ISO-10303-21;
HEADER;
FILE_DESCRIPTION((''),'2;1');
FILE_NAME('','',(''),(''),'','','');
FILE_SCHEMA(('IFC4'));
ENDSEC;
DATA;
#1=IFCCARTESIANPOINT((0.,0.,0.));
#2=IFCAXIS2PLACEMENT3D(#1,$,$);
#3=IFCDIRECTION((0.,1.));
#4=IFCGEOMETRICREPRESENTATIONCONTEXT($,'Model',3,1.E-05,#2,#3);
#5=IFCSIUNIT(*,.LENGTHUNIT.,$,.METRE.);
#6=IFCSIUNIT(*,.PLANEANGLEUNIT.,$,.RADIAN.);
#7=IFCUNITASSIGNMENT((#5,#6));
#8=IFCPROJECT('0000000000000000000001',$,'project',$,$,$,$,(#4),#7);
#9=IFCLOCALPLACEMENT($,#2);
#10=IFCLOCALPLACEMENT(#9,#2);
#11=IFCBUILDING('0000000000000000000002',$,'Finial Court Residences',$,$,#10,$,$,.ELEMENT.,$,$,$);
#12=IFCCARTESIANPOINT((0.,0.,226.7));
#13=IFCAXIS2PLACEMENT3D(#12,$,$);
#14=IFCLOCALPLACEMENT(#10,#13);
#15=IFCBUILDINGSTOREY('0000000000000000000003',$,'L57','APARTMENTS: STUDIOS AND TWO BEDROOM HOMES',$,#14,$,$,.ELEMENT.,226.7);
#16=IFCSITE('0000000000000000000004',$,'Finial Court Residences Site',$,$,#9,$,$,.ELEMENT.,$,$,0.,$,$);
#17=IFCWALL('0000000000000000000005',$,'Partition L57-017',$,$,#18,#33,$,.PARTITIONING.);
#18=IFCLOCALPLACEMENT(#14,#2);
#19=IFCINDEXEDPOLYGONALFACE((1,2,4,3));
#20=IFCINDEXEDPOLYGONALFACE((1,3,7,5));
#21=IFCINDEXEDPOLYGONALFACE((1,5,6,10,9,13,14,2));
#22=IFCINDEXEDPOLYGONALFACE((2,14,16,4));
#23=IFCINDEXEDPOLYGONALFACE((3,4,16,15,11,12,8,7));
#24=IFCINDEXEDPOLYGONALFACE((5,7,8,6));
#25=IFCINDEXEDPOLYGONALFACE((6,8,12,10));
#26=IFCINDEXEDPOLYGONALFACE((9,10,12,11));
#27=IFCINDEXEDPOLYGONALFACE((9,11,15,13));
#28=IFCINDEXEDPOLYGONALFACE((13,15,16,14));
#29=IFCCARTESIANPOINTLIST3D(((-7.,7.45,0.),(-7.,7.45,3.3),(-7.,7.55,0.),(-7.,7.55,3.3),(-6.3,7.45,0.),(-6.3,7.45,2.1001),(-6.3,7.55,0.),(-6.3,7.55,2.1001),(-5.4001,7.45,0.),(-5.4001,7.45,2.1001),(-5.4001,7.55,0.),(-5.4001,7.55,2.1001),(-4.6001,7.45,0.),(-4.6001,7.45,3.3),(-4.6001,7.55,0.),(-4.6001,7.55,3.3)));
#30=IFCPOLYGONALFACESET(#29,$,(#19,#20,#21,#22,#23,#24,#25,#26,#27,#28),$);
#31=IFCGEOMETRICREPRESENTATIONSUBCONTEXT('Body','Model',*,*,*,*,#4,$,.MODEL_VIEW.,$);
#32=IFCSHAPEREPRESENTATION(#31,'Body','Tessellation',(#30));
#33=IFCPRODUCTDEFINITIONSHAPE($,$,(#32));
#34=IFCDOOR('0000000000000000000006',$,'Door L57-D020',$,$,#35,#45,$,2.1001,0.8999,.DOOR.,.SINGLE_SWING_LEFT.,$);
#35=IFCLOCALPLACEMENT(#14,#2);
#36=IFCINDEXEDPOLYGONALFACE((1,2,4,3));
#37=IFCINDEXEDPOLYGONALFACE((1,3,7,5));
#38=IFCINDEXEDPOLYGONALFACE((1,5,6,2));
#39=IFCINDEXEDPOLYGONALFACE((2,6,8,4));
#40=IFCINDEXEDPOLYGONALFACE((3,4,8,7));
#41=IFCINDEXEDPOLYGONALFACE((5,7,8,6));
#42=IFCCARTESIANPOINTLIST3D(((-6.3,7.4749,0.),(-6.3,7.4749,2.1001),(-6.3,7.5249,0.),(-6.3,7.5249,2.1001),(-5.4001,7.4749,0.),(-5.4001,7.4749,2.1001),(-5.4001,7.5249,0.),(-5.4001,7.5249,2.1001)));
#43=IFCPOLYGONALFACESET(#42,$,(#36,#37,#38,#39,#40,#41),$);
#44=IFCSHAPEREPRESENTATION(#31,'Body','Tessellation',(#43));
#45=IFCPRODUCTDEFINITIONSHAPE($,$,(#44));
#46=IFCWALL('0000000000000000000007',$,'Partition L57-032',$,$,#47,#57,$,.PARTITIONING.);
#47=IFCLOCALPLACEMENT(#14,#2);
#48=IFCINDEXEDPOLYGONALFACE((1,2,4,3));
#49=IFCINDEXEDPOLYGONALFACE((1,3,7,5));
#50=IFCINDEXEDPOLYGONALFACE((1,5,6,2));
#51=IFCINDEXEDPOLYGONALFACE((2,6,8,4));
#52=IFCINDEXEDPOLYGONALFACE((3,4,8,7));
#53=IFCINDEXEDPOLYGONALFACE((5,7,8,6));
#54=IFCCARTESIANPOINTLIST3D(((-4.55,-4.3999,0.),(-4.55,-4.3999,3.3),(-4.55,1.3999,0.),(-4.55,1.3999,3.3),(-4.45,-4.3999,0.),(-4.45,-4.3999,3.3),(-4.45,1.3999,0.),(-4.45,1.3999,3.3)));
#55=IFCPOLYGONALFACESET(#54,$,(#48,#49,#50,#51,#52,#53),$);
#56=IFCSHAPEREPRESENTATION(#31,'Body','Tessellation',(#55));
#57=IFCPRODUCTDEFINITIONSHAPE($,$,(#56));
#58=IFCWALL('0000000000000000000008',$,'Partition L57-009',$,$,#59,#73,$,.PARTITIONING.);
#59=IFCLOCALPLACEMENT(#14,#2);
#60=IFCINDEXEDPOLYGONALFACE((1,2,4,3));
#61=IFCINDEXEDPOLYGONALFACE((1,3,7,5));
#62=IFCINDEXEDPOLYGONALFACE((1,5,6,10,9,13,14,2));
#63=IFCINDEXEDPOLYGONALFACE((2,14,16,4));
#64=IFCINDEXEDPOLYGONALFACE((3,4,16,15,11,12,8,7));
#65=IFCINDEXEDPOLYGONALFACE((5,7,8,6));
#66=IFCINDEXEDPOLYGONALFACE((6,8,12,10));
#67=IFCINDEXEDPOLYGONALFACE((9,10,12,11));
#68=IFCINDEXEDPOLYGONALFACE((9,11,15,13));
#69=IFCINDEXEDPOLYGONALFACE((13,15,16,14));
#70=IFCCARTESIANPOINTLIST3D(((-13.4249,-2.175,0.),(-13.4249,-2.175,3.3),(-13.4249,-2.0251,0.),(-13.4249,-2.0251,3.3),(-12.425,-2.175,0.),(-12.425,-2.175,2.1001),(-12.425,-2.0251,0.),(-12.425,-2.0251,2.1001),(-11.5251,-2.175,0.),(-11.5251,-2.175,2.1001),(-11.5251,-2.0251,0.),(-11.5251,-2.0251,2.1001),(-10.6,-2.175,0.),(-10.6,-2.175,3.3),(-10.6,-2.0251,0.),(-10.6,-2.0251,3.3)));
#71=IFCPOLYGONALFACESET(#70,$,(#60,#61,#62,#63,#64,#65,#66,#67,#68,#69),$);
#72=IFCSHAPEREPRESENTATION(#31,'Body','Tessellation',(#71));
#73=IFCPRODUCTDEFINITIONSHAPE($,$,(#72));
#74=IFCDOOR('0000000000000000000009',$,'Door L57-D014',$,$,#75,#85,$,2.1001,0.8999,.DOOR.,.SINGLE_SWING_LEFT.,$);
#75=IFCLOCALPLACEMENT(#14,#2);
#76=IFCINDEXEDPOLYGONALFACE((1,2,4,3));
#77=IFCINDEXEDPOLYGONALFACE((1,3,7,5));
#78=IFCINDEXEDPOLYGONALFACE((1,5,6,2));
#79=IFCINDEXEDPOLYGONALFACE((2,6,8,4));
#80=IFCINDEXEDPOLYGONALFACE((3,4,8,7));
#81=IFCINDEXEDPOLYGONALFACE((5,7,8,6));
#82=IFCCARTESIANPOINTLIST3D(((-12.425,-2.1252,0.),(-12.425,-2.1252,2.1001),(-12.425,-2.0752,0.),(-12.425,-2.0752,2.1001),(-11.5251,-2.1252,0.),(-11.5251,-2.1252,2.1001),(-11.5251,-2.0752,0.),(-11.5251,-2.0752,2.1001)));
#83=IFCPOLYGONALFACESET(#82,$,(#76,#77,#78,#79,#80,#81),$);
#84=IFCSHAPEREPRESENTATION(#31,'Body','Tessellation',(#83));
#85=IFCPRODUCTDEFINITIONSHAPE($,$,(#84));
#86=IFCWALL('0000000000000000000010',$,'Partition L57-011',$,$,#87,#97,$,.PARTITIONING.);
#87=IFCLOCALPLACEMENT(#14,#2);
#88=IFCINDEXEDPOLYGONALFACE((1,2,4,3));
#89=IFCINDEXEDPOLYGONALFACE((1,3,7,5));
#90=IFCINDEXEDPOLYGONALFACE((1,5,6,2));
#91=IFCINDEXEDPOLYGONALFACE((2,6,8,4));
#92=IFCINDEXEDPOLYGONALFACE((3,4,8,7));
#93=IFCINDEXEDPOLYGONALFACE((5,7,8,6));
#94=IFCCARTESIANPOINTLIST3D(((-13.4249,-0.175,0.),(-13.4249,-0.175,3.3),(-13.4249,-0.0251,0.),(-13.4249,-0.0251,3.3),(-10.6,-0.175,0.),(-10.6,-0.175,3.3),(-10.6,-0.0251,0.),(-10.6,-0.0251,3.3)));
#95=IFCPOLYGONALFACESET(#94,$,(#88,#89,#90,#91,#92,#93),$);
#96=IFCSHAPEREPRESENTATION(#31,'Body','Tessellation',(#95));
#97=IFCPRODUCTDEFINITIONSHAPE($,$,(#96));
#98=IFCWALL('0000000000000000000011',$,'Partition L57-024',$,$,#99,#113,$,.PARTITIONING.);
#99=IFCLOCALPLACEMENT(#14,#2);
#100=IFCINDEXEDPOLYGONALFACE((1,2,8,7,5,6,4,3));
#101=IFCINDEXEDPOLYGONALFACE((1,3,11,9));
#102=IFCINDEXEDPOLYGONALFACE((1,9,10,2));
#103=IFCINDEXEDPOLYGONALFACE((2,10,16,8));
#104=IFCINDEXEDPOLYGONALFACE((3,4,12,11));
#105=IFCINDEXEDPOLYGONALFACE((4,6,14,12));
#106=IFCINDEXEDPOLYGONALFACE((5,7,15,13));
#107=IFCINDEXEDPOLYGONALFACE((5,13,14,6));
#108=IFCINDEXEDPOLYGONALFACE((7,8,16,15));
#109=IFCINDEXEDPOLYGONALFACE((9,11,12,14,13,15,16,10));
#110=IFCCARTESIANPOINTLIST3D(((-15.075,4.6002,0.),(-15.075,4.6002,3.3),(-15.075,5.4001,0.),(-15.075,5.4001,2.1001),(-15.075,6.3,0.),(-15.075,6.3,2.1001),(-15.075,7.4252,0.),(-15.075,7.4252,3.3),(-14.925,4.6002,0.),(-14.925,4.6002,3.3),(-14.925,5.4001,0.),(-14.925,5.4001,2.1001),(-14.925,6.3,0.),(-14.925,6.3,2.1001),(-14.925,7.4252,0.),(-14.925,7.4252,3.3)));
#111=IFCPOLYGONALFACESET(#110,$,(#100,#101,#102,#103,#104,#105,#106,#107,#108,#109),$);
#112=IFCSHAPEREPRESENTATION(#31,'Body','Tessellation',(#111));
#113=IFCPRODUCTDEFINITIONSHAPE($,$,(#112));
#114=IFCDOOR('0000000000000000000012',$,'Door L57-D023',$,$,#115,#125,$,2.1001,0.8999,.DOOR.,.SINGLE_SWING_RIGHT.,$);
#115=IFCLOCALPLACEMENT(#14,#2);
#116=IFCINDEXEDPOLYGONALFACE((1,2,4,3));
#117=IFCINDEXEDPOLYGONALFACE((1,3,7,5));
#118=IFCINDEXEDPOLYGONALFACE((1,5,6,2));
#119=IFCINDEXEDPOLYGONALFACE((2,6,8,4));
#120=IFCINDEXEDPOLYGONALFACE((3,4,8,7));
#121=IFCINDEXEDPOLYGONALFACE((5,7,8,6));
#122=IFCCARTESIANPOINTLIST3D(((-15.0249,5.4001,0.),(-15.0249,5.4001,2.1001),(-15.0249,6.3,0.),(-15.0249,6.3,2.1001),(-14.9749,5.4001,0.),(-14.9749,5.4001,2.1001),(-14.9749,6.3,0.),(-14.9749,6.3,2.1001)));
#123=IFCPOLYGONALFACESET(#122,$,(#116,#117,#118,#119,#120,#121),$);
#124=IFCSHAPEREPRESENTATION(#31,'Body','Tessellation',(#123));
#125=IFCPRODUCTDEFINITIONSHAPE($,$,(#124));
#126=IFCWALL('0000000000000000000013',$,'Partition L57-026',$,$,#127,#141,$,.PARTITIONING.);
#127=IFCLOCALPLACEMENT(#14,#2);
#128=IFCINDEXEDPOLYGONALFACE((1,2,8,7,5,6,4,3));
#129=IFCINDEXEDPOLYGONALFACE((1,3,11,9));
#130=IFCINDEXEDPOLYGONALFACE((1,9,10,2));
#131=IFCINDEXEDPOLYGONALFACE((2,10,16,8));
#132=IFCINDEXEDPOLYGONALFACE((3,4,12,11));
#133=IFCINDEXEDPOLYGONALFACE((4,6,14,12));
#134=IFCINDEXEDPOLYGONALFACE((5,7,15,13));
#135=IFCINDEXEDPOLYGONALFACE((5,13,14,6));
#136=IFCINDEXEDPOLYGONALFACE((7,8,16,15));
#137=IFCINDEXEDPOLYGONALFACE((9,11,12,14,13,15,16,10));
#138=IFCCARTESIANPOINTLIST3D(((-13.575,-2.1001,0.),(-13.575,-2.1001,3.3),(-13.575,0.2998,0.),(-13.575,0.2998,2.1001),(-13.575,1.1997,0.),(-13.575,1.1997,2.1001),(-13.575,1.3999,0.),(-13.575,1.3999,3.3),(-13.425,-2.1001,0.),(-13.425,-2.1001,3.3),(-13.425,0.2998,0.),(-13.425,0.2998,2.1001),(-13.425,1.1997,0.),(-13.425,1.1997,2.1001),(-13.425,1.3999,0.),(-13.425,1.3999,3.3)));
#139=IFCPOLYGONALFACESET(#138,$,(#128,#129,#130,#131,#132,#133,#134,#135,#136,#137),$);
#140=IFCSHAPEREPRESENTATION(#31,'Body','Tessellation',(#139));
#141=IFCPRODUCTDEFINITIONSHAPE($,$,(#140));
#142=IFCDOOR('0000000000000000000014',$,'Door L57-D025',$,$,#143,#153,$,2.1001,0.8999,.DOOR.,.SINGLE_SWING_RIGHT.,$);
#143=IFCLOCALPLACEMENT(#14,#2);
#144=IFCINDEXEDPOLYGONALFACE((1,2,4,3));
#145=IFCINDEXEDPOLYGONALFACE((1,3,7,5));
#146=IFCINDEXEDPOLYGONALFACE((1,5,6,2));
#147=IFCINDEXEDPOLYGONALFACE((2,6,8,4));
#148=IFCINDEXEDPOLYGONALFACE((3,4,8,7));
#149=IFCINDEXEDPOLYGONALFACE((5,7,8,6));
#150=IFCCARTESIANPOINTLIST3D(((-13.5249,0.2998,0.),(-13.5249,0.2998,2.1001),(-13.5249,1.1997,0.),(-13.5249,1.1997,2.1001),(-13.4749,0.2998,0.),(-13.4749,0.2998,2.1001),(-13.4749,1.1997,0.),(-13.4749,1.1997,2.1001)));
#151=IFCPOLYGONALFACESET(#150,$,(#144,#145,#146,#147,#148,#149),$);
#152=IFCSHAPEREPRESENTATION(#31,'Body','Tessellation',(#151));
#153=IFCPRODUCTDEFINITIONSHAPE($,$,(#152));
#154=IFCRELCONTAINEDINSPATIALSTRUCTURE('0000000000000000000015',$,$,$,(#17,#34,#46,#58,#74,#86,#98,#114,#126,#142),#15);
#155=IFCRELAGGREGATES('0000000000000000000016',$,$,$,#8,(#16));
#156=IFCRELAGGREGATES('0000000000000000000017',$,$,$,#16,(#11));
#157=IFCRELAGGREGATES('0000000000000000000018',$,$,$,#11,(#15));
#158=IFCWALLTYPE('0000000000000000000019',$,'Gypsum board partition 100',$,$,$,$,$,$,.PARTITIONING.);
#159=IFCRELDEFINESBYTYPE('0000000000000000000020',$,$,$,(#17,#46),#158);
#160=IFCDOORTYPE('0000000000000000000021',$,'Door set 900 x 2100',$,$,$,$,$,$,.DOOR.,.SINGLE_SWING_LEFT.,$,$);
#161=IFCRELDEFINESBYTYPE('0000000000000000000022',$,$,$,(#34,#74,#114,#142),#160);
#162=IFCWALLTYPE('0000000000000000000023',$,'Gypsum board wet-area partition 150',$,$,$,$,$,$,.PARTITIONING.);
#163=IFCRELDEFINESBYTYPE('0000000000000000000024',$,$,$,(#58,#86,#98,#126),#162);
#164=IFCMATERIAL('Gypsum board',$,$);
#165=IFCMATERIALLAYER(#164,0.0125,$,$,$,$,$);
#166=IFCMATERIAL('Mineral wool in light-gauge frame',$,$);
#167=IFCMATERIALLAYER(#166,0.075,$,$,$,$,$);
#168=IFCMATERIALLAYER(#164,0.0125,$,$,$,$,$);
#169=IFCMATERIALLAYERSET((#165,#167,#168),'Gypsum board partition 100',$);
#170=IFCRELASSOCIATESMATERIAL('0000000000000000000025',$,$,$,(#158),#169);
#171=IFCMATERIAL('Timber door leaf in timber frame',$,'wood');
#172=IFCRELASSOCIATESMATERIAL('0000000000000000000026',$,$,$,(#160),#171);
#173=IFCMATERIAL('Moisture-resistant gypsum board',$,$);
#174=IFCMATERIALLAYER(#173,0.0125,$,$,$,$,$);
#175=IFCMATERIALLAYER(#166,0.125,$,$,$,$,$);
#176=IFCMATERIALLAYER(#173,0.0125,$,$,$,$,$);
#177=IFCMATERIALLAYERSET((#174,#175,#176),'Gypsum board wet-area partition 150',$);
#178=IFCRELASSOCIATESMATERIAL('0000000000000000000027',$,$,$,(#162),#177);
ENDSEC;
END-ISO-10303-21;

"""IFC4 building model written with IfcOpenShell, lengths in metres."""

from ifc_helpers import new_model, si_unit, direction, frame, frame_2d, origin, place, context, subcontext, project, spatial, rectangle, extrude, material, layer, layer_set, type_object, element, fill, save


model = new_model("IFC4")

# Units and contexts
model_context = context("Model", 3, precision=1e-05, world=origin(), true_north=direction((0.0, 1.0)))
body_context = subcontext(model_context, "Body", "Model", "MODEL_VIEW")
ifc_project = project(units=[si_unit("LENGTHUNIT", "METRE"), si_unit("PLANEANGLEUNIT", "RADIAN")], contexts=[model_context])

# Site, building, storey
site_placement = place(None, origin())
site = spatial("IfcSite", under=ifc_project, at=site_placement, Name="Finial Court Residences Site", CompositionType="ELEMENT", RefElevation=0.0)
building_placement = place(site_placement, origin())
building = spatial("IfcBuilding", under=site, at=building_placement, Name="Finial Court Residences", CompositionType="ELEMENT")
storey_placement = place(building_placement, frame((0.0, 0.0, 226.7)))
storey = spatial("IfcBuildingStorey", under=building, at=storey_placement, Name="L57", Description="APARTMENTS: STUDIOS AND TWO BEDROOM HOMES", CompositionType="ELEMENT", Elevation=226.7)

# Shared definitions
ifc_material_1 = material(Name="Gypsum board")

# Wall, opening, door
ifc_layer_1 = layer(ifc_material_1, 0.0125)
ifc_material_2 = material(Name="Mineral wool in light-gauge frame")
ifc_layer_2 = layer(ifc_material_2, 0.075)
ifc_layer_3 = layer(ifc_material_1, 0.0125)
ifc_layer_set_1 = layer_set([ifc_layer_1, ifc_layer_2, ifc_layer_3], Name="Gypsum board partition 100")
wall_type_1 = type_object("IfcWallType", Name="Gypsum board partition 100", PredefinedType="PARTITIONING", material=ifc_layer_set_1)
wall_1_placement = place(storey_placement, frame((-7.0, 7.5, 0.0), z_axis=(0.0, 0.0, 1.0), x_axis=(1.0, 0.0, 0.0)))
wall_1 = element("IfcWall", 1, at=wall_1_placement, inside=storey, type_object=wall_type_1, Name="Partition L57-017", PredefinedType="PARTITIONING", context=body_context, shape_type="SweptSolid", body=[
    extrude(rectangle(XDim=2.3999, YDim=0.1001, at=frame_2d((1.2, 0.0))), origin(), (0.0, 0.0, 1.0), 3.3),
])
opening_1_placement = place(wall_1_placement, frame((0.7, 0.0, 0.0)))
opening_1 = element("IfcOpeningElement", 2, at=opening_1_placement, cuts=wall_1, PredefinedType="OPENING", context=body_context, shape_type="SweptSolid", body=[
    extrude(rectangle(XDim=0.8999, YDim=2.1001, at=frame_2d((0.45, 1.05))), frame((0.0, 0.0601, 0.0), z_axis=(0.0, -1.0, 0.0), x_axis=(1.0, 0.0, 0.0)), (0.0, 0.0, 1.0), 0.1201),
])
ifc_material_3 = material(Name="Timber door leaf in timber frame", Category="wood")
door_type = type_object("IfcDoorType", Name="Door set 900 x 2100", OperationType="SINGLE_SWING_LEFT", PredefinedType="DOOR", material=ifc_material_3)
door_1_placement = place(opening_1_placement, origin())
door_1 = element("IfcDoor", 3, at=door_1_placement, inside=storey, type_object=door_type, Name="Door L57-D020", OperationType="SINGLE_SWING_LEFT", OverallHeight=2.1001, OverallWidth=0.8999, PredefinedType="DOOR", context=body_context, shape_type="SweptSolid", body=[
    extrude(rectangle(XDim=0.8999, YDim=2.1001, at=frame_2d((0.45, 1.05))), frame((0.0, 0.0249, 0.0), z_axis=(0.0, -1.0, 0.0), x_axis=(1.0, 0.0, 0.0)), (0.0, 0.0, 1.0), 0.05),
])
fill(opening_1, door_1)

# Wall
wall_2_placement = place(storey_placement, frame((-4.5, -4.3999, 0.0), z_axis=(0.0, 0.0, 1.0), x_axis=(0.0, 1.0, 0.0)))
element("IfcWall", 4, at=wall_2_placement, inside=storey, type_object=wall_type_1, Name="Partition L57-032", PredefinedType="PARTITIONING", context=body_context, shape_type="SweptSolid", body=[
    extrude(rectangle(XDim=5.7998, YDim=0.1001, at=frame_2d((2.8999, 0.0))), origin(), (0.0, 0.0, 1.0), 3.3),
])

# Wall, opening, door
ifc_material_4 = material(Name="Moisture-resistant gypsum board")
ifc_layer_4 = layer(ifc_material_4, 0.0125)
ifc_layer_5 = layer(ifc_material_2, 0.125)
ifc_layer_6 = layer(ifc_material_4, 0.0125)
ifc_layer_set_2 = layer_set([ifc_layer_4, ifc_layer_5, ifc_layer_6], Name="Gypsum board wet-area partition 150")
wall_type_2 = type_object("IfcWallType", Name="Gypsum board wet-area partition 150", PredefinedType="PARTITIONING", material=ifc_layer_set_2)
wall_3_placement = place(storey_placement, frame((-13.425, -2.1001, 0.0), z_axis=(0.0, 0.0, 1.0), x_axis=(1.0, 0.0, 0.0)))
wall_3 = element("IfcWall", 5, at=wall_3_placement, inside=storey, type_object=wall_type_2, Name="Partition L57-009", PredefinedType="PARTITIONING", context=body_context, shape_type="SweptSolid", body=[
    extrude(rectangle(XDim=2.825, YDim=0.1499, at=frame_2d((1.4126, 0.0))), origin(), (0.0, 0.0, 1.0), 3.3),
])
opening_2_placement = place(wall_3_placement, frame((1.0, 0.0, 0.0)))
opening_2 = element("IfcOpeningElement", 6, at=opening_2_placement, cuts=wall_3, PredefinedType="OPENING", context=body_context, shape_type="SweptSolid", body=[
    extrude(rectangle(XDim=0.8999, YDim=2.1001, at=frame_2d((0.45, 1.05))), frame((0.0, 0.085, 0.0), z_axis=(0.0, -1.0, 0.0), x_axis=(1.0, 0.0, 0.0)), (0.0, 0.0, 1.0), 0.1699),
])
door_2_placement = place(opening_2_placement, origin())
door_2 = element("IfcDoor", 7, at=door_2_placement, inside=storey, type_object=door_type, Name="Door L57-D014", OperationType="SINGLE_SWING_LEFT", OverallHeight=2.1001, OverallWidth=0.8999, PredefinedType="DOOR", context=body_context, shape_type="SweptSolid", body=[
    extrude(rectangle(XDim=0.8999, YDim=2.1001, at=frame_2d((0.45, 1.05))), frame((0.0, 0.0249, 0.0), z_axis=(0.0, -1.0, 0.0), x_axis=(1.0, 0.0, 0.0)), (0.0, 0.0, 1.0), 0.05),
])
fill(opening_2, door_2)

# Wall
wall_4_placement = place(storey_placement, frame((-13.425, -0.1001, 0.0), z_axis=(0.0, 0.0, 1.0), x_axis=(1.0, 0.0, 0.0)))
element("IfcWall", 8, at=wall_4_placement, inside=storey, type_object=wall_type_2, Name="Partition L57-011", PredefinedType="PARTITIONING", context=body_context, shape_type="SweptSolid", body=[
    extrude(rectangle(XDim=2.825, YDim=0.1499, at=frame_2d((1.4126, 0.0))), origin(), (0.0, 0.0, 1.0), 3.3),
])

# Walls, openings, doors
wall_5_placement = place(storey_placement, frame((-15.0, 4.6001, 0.0), z_axis=(0.0, 0.0, 1.0), x_axis=(0.0, 1.0, 0.0)))
wall_5 = element("IfcWall", 9, at=wall_5_placement, inside=storey, type_object=wall_type_2, Name="Partition L57-024", PredefinedType="PARTITIONING", context=body_context, shape_type="SweptSolid", body=[
    extrude(rectangle(XDim=2.825, YDim=0.1499, at=frame_2d((1.4126, 0.0))), origin(), (0.0, 0.0, 1.0), 3.3),
])
opening_3_placement = place(wall_5_placement, frame((0.8, 0.0, 0.0)))
opening_3 = element("IfcOpeningElement", 10, at=opening_3_placement, cuts=wall_5, PredefinedType="OPENING", context=body_context, shape_type="SweptSolid", body=[
    extrude(rectangle(XDim=0.8999, YDim=2.1001, at=frame_2d((0.45, 1.05))), frame((0.0, 0.085, 0.0), z_axis=(0.0, -1.0, 0.0), x_axis=(1.0, 0.0, 0.0)), (0.0, 0.0, 1.0), 0.1699),
])
door_3_placement = place(opening_3_placement, origin())
door_3 = element("IfcDoor", 11, at=door_3_placement, inside=storey, type_object=door_type, Name="Door L57-D023", OperationType="SINGLE_SWING_RIGHT", OverallHeight=2.1001, OverallWidth=0.8999, PredefinedType="DOOR", context=body_context, shape_type="SweptSolid", body=[
    extrude(rectangle(XDim=0.8999, YDim=2.1001, at=frame_2d((0.45, 1.05))), frame((0.0, 0.0249, 0.0), z_axis=(0.0, -1.0, 0.0), x_axis=(1.0, 0.0, 0.0)), (0.0, 0.0, 1.0), 0.05),
])
fill(opening_3, door_3)
wall_6_placement = place(storey_placement, frame((-13.5, -2.1001, 0.0), z_axis=(0.0, 0.0, 1.0), x_axis=(0.0, 1.0, 0.0)))
wall_6 = element("IfcWall", 12, at=wall_6_placement, inside=storey, type_object=wall_type_2, Name="Partition L57-026", PredefinedType="PARTITIONING", context=body_context, shape_type="SweptSolid", body=[
    extrude(rectangle(XDim=3.5, YDim=0.1499, at=frame_2d((1.75, 0.0))), origin(), (0.0, 0.0, 1.0), 3.3),
])
opening_4_placement = place(wall_6_placement, frame((2.3999, 0.0, 0.0)))
opening_4 = element("IfcOpeningElement", 13, at=opening_4_placement, cuts=wall_6, PredefinedType="OPENING", context=body_context, shape_type="SweptSolid", body=[
    extrude(rectangle(XDim=0.8999, YDim=2.1001, at=frame_2d((0.45, 1.05))), frame((0.0, 0.085, 0.0), z_axis=(0.0, -1.0, 0.0), x_axis=(1.0, 0.0, 0.0)), (0.0, 0.0, 1.0), 0.1699),
])
door_4_placement = place(opening_4_placement, origin())
door_4 = element("IfcDoor", 14, at=door_4_placement, inside=storey, type_object=door_type, Name="Door L57-D025", OperationType="SINGLE_SWING_RIGHT", OverallHeight=2.1001, OverallWidth=0.8999, PredefinedType="DOOR", context=body_context, shape_type="SweptSolid", body=[
    extrude(rectangle(XDim=0.8999, YDim=2.1001, at=frame_2d((0.45, 1.05))), frame((0.0, 0.0249, 0.0), z_axis=(0.0, -1.0, 0.0), x_axis=(1.0, 0.0, 0.0)), (0.0, 0.0, 1.0), 0.05),
])
fill(opening_4, door_4)

save(model, "model.ifc")
